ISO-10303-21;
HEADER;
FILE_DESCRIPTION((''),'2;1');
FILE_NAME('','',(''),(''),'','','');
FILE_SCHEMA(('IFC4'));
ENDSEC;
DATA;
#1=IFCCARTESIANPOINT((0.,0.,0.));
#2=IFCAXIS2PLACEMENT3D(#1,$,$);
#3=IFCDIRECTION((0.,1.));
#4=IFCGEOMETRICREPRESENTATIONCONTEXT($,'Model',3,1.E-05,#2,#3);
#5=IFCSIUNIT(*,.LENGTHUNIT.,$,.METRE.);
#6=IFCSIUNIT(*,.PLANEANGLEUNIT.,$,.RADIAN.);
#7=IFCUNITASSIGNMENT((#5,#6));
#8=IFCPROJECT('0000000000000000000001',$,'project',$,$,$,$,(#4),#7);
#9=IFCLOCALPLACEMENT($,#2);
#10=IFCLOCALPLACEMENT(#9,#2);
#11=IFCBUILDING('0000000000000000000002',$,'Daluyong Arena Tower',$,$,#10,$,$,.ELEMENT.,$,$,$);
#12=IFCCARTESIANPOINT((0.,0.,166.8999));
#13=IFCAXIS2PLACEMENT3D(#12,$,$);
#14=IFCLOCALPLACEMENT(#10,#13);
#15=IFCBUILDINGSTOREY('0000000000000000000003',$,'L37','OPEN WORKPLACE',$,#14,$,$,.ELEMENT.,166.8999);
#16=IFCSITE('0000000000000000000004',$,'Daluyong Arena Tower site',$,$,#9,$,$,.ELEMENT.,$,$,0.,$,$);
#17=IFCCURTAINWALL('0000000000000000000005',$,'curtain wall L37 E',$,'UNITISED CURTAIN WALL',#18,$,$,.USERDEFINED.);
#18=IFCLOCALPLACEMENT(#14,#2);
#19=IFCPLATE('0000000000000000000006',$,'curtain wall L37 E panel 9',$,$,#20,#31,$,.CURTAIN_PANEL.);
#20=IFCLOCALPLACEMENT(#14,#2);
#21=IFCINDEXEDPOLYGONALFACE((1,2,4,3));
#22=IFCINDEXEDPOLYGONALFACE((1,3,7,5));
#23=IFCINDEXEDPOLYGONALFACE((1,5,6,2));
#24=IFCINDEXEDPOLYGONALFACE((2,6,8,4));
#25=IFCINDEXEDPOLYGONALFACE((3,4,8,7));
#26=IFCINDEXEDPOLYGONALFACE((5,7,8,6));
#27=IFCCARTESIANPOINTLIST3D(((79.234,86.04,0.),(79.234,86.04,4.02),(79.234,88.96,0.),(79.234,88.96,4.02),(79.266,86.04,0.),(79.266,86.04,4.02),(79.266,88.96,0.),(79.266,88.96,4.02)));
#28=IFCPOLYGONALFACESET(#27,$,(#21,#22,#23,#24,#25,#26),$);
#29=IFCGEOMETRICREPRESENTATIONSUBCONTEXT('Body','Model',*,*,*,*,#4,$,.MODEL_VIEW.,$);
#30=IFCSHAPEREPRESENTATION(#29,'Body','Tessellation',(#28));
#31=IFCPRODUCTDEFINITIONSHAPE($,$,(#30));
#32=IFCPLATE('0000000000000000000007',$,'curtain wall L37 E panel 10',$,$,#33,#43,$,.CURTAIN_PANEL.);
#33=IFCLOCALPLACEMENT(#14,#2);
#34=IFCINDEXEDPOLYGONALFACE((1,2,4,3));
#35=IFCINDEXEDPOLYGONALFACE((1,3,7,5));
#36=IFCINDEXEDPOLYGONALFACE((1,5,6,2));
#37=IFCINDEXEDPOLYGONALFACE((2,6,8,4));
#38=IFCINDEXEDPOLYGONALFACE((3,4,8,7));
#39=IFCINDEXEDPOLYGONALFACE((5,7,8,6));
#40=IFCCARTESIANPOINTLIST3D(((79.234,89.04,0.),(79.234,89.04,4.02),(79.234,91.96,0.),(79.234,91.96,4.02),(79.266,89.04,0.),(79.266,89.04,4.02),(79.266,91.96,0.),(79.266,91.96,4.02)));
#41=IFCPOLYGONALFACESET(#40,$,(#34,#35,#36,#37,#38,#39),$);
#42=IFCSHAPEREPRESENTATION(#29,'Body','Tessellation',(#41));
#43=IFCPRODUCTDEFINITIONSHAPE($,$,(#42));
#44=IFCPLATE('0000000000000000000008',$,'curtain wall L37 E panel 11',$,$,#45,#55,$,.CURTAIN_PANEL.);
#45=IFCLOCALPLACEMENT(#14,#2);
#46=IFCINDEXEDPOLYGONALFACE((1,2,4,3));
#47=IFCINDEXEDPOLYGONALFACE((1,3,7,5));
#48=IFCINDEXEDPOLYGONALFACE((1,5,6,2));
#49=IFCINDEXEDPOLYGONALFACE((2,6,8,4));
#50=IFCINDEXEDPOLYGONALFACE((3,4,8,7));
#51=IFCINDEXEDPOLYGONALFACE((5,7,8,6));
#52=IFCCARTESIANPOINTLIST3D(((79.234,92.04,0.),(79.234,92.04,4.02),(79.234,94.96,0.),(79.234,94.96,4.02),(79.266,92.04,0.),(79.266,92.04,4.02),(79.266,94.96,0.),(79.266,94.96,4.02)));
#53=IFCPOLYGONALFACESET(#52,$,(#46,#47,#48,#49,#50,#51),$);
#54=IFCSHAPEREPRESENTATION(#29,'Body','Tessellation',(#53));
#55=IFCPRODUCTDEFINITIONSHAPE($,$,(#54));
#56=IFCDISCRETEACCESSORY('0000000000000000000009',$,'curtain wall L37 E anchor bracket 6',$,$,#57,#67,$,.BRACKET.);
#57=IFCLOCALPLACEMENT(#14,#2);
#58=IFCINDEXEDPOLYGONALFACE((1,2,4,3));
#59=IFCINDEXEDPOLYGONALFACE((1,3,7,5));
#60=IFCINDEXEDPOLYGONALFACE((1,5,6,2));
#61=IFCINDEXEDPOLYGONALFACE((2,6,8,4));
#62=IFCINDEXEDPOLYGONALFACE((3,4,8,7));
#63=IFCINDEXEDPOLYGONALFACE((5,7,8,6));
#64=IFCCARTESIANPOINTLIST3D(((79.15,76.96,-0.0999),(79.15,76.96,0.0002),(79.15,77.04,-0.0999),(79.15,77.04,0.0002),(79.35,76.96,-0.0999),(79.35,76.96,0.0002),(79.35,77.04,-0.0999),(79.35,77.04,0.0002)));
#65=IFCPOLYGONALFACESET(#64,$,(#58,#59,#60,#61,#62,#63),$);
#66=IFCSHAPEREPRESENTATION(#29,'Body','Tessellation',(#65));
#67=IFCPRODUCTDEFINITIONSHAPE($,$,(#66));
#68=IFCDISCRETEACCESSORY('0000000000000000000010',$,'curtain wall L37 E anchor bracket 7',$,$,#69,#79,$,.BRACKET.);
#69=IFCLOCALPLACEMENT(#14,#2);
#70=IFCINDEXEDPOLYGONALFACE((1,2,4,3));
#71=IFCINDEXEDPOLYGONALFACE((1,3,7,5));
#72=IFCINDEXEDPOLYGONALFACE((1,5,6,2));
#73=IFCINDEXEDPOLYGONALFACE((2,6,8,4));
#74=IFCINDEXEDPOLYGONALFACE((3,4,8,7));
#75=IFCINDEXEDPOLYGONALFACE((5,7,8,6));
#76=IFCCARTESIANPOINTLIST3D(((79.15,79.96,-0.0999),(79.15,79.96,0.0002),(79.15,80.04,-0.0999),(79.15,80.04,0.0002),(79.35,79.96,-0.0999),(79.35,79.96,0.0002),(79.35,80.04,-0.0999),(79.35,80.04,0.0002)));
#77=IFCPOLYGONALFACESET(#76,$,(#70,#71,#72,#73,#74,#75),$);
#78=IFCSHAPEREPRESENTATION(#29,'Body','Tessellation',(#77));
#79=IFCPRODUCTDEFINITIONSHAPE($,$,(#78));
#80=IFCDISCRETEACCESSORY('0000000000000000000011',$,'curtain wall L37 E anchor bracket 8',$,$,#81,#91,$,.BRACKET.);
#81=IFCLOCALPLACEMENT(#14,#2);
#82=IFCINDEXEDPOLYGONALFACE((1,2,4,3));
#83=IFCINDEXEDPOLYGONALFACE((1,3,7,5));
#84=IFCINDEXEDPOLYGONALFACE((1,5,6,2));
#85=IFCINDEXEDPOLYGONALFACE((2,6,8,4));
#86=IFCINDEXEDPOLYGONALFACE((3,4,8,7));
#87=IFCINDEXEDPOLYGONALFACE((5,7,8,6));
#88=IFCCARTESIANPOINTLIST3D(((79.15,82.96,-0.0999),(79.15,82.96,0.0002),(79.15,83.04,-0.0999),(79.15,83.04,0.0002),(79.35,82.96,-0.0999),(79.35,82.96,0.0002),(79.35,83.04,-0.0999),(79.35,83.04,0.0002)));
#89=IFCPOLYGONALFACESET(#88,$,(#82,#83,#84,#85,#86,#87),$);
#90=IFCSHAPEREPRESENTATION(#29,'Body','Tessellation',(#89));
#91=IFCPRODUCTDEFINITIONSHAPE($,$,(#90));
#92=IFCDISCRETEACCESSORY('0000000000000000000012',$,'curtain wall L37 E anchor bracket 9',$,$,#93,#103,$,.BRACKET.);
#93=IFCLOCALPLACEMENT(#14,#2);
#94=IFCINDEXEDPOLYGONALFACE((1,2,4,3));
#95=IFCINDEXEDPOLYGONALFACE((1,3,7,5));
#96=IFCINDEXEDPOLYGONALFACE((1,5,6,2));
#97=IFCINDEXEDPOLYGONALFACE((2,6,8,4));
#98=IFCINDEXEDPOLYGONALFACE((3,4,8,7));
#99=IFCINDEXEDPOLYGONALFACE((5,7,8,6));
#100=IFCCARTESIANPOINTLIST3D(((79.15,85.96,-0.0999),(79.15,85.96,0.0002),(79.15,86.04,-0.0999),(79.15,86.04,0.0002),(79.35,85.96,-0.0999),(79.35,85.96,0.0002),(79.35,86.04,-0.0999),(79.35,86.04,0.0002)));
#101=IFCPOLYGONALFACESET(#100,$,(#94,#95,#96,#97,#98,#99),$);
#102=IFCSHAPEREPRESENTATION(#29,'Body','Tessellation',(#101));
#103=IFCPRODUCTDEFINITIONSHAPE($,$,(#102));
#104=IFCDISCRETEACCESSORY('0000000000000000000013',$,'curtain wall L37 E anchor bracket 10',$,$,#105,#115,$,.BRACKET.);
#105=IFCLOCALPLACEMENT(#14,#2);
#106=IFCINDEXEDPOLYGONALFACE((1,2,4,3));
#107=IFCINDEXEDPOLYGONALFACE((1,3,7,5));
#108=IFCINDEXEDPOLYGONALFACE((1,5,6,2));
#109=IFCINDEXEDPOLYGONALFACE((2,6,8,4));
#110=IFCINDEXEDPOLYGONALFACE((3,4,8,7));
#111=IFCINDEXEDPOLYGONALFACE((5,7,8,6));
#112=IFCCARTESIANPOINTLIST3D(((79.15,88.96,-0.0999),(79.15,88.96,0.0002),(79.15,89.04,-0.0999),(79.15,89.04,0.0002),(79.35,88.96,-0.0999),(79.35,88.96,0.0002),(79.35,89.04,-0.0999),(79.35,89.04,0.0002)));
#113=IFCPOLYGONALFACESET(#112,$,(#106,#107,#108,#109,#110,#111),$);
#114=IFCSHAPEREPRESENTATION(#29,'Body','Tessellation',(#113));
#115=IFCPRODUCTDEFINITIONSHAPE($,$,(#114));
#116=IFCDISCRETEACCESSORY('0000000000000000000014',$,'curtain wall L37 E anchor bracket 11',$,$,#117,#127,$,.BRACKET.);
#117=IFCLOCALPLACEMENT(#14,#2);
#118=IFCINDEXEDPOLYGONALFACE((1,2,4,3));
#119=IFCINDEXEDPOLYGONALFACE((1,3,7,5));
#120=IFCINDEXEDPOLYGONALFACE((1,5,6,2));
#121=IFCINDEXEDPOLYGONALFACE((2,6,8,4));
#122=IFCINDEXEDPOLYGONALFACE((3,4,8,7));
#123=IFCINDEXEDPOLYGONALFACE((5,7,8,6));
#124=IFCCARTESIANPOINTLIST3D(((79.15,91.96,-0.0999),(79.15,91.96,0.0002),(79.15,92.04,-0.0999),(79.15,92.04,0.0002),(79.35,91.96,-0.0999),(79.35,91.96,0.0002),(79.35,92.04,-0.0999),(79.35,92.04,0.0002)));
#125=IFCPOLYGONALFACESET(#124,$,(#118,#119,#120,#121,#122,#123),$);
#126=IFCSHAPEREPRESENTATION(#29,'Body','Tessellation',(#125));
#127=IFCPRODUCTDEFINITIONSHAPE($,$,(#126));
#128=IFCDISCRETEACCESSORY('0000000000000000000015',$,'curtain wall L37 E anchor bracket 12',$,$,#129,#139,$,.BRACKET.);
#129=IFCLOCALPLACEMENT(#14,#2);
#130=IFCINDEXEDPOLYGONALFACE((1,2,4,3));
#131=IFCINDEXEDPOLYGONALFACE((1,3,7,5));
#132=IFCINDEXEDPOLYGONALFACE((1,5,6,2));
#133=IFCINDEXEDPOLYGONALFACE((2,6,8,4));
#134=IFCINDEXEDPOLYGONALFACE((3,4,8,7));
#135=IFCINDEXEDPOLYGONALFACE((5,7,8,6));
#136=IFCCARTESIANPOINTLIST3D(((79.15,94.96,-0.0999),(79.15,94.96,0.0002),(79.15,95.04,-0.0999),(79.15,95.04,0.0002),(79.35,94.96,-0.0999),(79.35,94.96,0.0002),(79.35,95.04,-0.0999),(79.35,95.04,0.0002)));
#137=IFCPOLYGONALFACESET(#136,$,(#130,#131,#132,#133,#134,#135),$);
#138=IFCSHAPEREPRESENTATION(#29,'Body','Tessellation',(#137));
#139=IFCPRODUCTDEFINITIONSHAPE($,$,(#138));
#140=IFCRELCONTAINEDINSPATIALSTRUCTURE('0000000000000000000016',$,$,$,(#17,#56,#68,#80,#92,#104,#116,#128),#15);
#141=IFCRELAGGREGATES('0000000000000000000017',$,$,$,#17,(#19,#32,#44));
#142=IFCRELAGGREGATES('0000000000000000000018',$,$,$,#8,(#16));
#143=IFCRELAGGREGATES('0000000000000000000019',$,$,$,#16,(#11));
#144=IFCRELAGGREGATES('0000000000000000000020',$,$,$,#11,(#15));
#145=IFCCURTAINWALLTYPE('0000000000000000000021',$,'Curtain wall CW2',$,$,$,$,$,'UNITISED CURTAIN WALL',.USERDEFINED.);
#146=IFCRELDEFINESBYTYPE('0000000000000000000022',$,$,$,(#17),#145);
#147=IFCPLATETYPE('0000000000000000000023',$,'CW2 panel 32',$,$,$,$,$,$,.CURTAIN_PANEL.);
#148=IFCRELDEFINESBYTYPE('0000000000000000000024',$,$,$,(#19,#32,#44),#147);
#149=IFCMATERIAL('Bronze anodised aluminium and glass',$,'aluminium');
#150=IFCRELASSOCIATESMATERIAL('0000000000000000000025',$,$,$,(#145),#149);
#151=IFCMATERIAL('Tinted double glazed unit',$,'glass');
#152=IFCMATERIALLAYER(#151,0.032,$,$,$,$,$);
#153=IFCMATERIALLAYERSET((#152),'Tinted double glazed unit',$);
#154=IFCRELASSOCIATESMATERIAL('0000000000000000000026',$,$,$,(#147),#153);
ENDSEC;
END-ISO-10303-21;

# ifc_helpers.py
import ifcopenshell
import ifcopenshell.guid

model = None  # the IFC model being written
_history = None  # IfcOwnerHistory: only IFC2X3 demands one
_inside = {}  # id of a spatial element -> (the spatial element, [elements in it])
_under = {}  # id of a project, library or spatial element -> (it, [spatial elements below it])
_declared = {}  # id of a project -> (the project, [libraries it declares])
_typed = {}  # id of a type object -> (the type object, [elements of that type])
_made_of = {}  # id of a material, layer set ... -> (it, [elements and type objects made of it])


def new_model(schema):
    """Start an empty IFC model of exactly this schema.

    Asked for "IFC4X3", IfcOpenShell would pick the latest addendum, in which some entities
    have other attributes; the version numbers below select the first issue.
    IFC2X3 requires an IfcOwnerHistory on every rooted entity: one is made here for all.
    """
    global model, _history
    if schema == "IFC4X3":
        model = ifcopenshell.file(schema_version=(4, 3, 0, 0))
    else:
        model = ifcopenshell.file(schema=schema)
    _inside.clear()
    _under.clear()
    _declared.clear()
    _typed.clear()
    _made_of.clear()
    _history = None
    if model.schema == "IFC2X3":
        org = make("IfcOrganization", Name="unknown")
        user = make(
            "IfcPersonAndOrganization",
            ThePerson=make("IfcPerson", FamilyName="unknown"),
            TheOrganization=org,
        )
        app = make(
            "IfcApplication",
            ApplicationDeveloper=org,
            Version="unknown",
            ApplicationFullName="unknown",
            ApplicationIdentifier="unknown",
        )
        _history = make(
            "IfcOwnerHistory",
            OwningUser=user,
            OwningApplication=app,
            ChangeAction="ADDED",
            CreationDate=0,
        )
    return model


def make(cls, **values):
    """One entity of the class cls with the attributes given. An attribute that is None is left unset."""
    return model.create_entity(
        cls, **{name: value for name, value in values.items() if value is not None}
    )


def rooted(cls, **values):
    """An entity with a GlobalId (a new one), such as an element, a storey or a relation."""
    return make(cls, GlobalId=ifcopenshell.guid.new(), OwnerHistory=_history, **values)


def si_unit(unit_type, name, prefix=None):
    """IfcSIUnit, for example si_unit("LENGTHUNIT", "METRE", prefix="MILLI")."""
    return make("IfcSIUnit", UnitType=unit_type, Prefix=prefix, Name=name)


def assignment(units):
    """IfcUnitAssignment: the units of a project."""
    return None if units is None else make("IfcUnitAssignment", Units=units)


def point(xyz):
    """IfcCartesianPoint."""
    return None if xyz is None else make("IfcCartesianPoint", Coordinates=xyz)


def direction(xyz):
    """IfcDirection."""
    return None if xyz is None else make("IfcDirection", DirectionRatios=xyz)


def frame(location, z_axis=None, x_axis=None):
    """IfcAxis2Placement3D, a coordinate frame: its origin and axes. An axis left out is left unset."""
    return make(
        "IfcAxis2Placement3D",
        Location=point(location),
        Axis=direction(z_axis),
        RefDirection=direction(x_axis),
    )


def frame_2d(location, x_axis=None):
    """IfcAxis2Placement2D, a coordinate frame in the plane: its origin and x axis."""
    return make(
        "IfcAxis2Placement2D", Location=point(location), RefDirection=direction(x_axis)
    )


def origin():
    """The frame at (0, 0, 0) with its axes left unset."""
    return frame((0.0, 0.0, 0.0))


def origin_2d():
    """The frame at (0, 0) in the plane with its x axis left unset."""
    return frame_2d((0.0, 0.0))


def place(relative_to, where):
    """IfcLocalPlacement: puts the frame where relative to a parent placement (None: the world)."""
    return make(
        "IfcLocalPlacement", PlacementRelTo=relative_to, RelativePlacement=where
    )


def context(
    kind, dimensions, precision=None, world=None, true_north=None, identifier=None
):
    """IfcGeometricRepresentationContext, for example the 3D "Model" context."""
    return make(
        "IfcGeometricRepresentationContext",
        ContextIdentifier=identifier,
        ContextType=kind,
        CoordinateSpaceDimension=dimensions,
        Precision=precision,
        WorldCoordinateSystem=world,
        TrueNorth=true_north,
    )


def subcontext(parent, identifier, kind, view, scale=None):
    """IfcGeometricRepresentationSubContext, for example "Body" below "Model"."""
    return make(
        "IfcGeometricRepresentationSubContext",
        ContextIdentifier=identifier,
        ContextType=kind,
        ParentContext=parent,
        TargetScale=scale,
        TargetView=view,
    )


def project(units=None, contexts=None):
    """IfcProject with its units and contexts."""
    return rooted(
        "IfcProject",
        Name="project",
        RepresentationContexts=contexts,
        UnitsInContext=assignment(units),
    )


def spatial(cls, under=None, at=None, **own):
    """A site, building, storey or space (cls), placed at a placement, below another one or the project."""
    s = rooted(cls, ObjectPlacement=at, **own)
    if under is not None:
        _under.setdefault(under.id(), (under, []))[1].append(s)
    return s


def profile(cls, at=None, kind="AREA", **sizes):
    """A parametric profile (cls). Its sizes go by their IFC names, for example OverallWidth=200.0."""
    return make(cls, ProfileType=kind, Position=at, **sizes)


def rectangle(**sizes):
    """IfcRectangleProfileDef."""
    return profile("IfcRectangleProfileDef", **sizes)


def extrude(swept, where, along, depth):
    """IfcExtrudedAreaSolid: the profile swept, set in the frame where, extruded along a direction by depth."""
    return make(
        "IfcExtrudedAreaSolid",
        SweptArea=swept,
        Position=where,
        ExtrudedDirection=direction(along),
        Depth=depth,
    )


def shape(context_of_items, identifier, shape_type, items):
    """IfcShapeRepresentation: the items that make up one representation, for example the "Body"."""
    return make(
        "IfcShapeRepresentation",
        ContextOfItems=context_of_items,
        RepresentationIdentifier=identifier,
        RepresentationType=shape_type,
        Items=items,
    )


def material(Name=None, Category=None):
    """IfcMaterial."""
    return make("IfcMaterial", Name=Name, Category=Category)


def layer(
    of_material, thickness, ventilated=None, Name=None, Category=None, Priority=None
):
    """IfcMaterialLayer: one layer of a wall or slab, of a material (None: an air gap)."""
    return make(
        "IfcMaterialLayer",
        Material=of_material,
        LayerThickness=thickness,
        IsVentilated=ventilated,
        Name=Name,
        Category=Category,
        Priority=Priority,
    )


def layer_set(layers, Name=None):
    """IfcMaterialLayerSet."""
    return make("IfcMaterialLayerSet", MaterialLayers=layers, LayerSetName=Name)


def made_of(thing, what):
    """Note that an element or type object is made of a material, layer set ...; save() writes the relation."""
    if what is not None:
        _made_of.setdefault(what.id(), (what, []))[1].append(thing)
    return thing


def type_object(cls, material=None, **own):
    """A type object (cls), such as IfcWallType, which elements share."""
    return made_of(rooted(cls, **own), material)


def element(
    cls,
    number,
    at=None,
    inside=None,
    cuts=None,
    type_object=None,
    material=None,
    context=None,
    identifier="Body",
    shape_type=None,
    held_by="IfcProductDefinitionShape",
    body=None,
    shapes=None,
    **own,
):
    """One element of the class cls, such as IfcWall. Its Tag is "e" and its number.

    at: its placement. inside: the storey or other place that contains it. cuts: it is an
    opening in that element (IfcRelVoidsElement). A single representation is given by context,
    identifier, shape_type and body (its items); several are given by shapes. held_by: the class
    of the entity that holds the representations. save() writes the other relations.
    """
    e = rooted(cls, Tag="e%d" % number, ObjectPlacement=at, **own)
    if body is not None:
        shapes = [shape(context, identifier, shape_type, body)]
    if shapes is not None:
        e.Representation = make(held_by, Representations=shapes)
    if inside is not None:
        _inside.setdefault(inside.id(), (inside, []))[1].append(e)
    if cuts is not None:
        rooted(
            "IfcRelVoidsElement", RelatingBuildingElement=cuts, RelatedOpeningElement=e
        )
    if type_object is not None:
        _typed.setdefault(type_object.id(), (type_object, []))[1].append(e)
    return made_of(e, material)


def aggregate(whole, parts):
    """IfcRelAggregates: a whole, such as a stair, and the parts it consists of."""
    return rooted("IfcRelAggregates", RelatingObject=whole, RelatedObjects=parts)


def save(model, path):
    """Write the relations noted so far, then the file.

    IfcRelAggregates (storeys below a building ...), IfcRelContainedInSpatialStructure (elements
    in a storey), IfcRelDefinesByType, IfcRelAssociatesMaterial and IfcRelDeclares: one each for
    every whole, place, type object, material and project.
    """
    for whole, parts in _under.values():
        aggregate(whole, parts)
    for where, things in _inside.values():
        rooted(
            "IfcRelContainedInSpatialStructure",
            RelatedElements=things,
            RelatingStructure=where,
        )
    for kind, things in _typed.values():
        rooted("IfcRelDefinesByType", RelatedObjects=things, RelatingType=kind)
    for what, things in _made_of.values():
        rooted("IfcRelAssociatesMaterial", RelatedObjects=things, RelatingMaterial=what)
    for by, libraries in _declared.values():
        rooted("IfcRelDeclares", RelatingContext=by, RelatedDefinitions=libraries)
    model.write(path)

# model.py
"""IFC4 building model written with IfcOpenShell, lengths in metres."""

from ifc_helpers import new_model, si_unit, direction, frame, origin, origin_2d, place, context, subcontext, project, spatial, rectangle, extrude, material, layer, layer_set, type_object, element, aggregate, save


model = new_model("IFC4")

# Units and contexts
model_context = context("Model", 3, precision=1e-05, world=origin(), true_north=direction((0.0, 1.0)))
body_context = subcontext(model_context, "Body", "Model", "MODEL_VIEW")
ifc_project = project(units=[si_unit("LENGTHUNIT", "METRE"), si_unit("PLANEANGLEUNIT", "RADIAN")], contexts=[model_context])

# Site, building, storey
site_placement = place(None, origin())
site = spatial("IfcSite", under=ifc_project, at=site_placement, Name="Daluyong Arena Tower site", CompositionType="ELEMENT", RefElevation=0.0)
building_placement = place(site_placement, origin())
building = spatial("IfcBuilding", under=site, at=building_placement, Name="Daluyong Arena Tower", CompositionType="ELEMENT")
storey_placement = place(building_placement, frame((0.0, 0.0, 166.8999)))
storey = spatial("IfcBuildingStorey", under=building, at=storey_placement, Name="L37", Description="OPEN WORKPLACE", CompositionType="ELEMENT", Elevation=166.8999)

# Curtain wall
ifc_material_1 = material(Name="Bronze anodised aluminium and glass", Category="aluminium")
curtain_wall_type = type_object("IfcCurtainWallType", Name="Curtain wall CW2", ElementType="UNITISED CURTAIN WALL", PredefinedType="USERDEFINED", material=ifc_material_1)
curtain_wall_placement = place(storey_placement, origin())
curtain_wall = element("IfcCurtainWall", 1, at=curtain_wall_placement, inside=storey, type_object=curtain_wall_type, Name="curtain wall L37 E", ObjectType="UNITISED CURTAIN WALL", PredefinedType="USERDEFINED")

# Plates
ifc_material_2 = material(Name="Tinted double glazed unit", Category="glass")
ifc_layer = layer(ifc_material_2, 0.032)
ifc_layer_set = layer_set([ifc_layer], Name="Tinted double glazed unit")
plate_type = type_object("IfcPlateType", Name="CW2 panel 32", PredefinedType="CURTAIN_PANEL", material=ifc_layer_set)
plate_1_placement = place(storey_placement, frame((79.25, 87.5, 0.0), z_axis=(0.0, 0.0, 1.0), x_axis=(0.0, 1.0, 0.0)))
plate_1 = element("IfcPlate", 2, at=plate_1_placement, type_object=plate_type, Name="curtain wall L37 E panel 9", PredefinedType="CURTAIN_PANEL", context=body_context, shape_type="SweptSolid", body=[
    extrude(rectangle(XDim=2.9199, YDim=0.032, at=origin_2d()), origin(), (0.0, 0.0, 1.0), 4.02),
])
plate_2_placement = place(storey_placement, frame((79.25, 90.5, 0.0), z_axis=(0.0, 0.0, 1.0), x_axis=(0.0, 1.0, 0.0)))
plate_2 = element("IfcPlate", 3, at=plate_2_placement, type_object=plate_type, Name="curtain wall L37 E panel 10", PredefinedType="CURTAIN_PANEL", context=body_context, shape_type="SweptSolid", body=[
    extrude(rectangle(XDim=2.9199, YDim=0.032, at=origin_2d()), origin(), (0.0, 0.0, 1.0), 4.02),
])
plate_3_placement = place(storey_placement, frame((79.25, 93.5, 0.0), z_axis=(0.0, 0.0, 1.0), x_axis=(0.0, 1.0, 0.0)))
plate_3 = element("IfcPlate", 4, at=plate_3_placement, type_object=plate_type, Name="curtain wall L37 E panel 11", PredefinedType="CURTAIN_PANEL", context=body_context, shape_type="SweptSolid", body=[
    extrude(rectangle(XDim=2.9199, YDim=0.032, at=origin_2d()), origin(), (0.0, 0.0, 1.0), 4.02),
])
aggregate(curtain_wall, [plate_1, plate_2, plate_3])

# Discrete accessories
for number, where, z_axis, x_axis, name in (
    (5, (79.25, 77.0, -0.0999), (0.0, 0.0, 1.0), (0.0, 1.0, 0.0), "curtain wall L37 E anchor bracket 6"),
    (6, (79.25, 80.0, -0.0999), (0.0, 0.0, 1.0), (0.0, 1.0, 0.0), "curtain wall L37 E anchor bracket 7"),
    (7, (79.25, 83.0, -0.0999), (0.0, 0.0, 1.0), (0.0, 1.0, 0.0), "curtain wall L37 E anchor bracket 8"),
    (8, (79.25, 86.0, -0.0999), (0.0, 0.0, 1.0), (0.0, 1.0, 0.0), "curtain wall L37 E anchor bracket 9"),
    (9, (79.25, 89.0, -0.0999), (0.0, 0.0, 1.0), (0.0, 1.0, 0.0), "curtain wall L37 E anchor bracket 10"),
    (10, (79.25, 92.0, -0.0999), (0.0, 0.0, 1.0), (0.0, 1.0, 0.0), "curtain wall L37 E anchor bracket 11"),
    (11, (79.25, 95.0, -0.0999), (0.0, 0.0, 1.0), (0.0, 1.0, 0.0), "curtain wall L37 E anchor bracket 12"),
):
    element("IfcDiscreteAccessory", number, at=place(storey_placement, frame(where, z_axis=z_axis, x_axis=x_axis)), inside=storey, Name=name, PredefinedType="BRACKET", context=body_context, shape_type="SweptSolid", body=[
        extrude(rectangle(XDim=0.0801, YDim=0.2, at=origin_2d()), origin(), (0.0, 0.0, 1.0), 0.1001),
    ])

save(model, "model.ifc")
